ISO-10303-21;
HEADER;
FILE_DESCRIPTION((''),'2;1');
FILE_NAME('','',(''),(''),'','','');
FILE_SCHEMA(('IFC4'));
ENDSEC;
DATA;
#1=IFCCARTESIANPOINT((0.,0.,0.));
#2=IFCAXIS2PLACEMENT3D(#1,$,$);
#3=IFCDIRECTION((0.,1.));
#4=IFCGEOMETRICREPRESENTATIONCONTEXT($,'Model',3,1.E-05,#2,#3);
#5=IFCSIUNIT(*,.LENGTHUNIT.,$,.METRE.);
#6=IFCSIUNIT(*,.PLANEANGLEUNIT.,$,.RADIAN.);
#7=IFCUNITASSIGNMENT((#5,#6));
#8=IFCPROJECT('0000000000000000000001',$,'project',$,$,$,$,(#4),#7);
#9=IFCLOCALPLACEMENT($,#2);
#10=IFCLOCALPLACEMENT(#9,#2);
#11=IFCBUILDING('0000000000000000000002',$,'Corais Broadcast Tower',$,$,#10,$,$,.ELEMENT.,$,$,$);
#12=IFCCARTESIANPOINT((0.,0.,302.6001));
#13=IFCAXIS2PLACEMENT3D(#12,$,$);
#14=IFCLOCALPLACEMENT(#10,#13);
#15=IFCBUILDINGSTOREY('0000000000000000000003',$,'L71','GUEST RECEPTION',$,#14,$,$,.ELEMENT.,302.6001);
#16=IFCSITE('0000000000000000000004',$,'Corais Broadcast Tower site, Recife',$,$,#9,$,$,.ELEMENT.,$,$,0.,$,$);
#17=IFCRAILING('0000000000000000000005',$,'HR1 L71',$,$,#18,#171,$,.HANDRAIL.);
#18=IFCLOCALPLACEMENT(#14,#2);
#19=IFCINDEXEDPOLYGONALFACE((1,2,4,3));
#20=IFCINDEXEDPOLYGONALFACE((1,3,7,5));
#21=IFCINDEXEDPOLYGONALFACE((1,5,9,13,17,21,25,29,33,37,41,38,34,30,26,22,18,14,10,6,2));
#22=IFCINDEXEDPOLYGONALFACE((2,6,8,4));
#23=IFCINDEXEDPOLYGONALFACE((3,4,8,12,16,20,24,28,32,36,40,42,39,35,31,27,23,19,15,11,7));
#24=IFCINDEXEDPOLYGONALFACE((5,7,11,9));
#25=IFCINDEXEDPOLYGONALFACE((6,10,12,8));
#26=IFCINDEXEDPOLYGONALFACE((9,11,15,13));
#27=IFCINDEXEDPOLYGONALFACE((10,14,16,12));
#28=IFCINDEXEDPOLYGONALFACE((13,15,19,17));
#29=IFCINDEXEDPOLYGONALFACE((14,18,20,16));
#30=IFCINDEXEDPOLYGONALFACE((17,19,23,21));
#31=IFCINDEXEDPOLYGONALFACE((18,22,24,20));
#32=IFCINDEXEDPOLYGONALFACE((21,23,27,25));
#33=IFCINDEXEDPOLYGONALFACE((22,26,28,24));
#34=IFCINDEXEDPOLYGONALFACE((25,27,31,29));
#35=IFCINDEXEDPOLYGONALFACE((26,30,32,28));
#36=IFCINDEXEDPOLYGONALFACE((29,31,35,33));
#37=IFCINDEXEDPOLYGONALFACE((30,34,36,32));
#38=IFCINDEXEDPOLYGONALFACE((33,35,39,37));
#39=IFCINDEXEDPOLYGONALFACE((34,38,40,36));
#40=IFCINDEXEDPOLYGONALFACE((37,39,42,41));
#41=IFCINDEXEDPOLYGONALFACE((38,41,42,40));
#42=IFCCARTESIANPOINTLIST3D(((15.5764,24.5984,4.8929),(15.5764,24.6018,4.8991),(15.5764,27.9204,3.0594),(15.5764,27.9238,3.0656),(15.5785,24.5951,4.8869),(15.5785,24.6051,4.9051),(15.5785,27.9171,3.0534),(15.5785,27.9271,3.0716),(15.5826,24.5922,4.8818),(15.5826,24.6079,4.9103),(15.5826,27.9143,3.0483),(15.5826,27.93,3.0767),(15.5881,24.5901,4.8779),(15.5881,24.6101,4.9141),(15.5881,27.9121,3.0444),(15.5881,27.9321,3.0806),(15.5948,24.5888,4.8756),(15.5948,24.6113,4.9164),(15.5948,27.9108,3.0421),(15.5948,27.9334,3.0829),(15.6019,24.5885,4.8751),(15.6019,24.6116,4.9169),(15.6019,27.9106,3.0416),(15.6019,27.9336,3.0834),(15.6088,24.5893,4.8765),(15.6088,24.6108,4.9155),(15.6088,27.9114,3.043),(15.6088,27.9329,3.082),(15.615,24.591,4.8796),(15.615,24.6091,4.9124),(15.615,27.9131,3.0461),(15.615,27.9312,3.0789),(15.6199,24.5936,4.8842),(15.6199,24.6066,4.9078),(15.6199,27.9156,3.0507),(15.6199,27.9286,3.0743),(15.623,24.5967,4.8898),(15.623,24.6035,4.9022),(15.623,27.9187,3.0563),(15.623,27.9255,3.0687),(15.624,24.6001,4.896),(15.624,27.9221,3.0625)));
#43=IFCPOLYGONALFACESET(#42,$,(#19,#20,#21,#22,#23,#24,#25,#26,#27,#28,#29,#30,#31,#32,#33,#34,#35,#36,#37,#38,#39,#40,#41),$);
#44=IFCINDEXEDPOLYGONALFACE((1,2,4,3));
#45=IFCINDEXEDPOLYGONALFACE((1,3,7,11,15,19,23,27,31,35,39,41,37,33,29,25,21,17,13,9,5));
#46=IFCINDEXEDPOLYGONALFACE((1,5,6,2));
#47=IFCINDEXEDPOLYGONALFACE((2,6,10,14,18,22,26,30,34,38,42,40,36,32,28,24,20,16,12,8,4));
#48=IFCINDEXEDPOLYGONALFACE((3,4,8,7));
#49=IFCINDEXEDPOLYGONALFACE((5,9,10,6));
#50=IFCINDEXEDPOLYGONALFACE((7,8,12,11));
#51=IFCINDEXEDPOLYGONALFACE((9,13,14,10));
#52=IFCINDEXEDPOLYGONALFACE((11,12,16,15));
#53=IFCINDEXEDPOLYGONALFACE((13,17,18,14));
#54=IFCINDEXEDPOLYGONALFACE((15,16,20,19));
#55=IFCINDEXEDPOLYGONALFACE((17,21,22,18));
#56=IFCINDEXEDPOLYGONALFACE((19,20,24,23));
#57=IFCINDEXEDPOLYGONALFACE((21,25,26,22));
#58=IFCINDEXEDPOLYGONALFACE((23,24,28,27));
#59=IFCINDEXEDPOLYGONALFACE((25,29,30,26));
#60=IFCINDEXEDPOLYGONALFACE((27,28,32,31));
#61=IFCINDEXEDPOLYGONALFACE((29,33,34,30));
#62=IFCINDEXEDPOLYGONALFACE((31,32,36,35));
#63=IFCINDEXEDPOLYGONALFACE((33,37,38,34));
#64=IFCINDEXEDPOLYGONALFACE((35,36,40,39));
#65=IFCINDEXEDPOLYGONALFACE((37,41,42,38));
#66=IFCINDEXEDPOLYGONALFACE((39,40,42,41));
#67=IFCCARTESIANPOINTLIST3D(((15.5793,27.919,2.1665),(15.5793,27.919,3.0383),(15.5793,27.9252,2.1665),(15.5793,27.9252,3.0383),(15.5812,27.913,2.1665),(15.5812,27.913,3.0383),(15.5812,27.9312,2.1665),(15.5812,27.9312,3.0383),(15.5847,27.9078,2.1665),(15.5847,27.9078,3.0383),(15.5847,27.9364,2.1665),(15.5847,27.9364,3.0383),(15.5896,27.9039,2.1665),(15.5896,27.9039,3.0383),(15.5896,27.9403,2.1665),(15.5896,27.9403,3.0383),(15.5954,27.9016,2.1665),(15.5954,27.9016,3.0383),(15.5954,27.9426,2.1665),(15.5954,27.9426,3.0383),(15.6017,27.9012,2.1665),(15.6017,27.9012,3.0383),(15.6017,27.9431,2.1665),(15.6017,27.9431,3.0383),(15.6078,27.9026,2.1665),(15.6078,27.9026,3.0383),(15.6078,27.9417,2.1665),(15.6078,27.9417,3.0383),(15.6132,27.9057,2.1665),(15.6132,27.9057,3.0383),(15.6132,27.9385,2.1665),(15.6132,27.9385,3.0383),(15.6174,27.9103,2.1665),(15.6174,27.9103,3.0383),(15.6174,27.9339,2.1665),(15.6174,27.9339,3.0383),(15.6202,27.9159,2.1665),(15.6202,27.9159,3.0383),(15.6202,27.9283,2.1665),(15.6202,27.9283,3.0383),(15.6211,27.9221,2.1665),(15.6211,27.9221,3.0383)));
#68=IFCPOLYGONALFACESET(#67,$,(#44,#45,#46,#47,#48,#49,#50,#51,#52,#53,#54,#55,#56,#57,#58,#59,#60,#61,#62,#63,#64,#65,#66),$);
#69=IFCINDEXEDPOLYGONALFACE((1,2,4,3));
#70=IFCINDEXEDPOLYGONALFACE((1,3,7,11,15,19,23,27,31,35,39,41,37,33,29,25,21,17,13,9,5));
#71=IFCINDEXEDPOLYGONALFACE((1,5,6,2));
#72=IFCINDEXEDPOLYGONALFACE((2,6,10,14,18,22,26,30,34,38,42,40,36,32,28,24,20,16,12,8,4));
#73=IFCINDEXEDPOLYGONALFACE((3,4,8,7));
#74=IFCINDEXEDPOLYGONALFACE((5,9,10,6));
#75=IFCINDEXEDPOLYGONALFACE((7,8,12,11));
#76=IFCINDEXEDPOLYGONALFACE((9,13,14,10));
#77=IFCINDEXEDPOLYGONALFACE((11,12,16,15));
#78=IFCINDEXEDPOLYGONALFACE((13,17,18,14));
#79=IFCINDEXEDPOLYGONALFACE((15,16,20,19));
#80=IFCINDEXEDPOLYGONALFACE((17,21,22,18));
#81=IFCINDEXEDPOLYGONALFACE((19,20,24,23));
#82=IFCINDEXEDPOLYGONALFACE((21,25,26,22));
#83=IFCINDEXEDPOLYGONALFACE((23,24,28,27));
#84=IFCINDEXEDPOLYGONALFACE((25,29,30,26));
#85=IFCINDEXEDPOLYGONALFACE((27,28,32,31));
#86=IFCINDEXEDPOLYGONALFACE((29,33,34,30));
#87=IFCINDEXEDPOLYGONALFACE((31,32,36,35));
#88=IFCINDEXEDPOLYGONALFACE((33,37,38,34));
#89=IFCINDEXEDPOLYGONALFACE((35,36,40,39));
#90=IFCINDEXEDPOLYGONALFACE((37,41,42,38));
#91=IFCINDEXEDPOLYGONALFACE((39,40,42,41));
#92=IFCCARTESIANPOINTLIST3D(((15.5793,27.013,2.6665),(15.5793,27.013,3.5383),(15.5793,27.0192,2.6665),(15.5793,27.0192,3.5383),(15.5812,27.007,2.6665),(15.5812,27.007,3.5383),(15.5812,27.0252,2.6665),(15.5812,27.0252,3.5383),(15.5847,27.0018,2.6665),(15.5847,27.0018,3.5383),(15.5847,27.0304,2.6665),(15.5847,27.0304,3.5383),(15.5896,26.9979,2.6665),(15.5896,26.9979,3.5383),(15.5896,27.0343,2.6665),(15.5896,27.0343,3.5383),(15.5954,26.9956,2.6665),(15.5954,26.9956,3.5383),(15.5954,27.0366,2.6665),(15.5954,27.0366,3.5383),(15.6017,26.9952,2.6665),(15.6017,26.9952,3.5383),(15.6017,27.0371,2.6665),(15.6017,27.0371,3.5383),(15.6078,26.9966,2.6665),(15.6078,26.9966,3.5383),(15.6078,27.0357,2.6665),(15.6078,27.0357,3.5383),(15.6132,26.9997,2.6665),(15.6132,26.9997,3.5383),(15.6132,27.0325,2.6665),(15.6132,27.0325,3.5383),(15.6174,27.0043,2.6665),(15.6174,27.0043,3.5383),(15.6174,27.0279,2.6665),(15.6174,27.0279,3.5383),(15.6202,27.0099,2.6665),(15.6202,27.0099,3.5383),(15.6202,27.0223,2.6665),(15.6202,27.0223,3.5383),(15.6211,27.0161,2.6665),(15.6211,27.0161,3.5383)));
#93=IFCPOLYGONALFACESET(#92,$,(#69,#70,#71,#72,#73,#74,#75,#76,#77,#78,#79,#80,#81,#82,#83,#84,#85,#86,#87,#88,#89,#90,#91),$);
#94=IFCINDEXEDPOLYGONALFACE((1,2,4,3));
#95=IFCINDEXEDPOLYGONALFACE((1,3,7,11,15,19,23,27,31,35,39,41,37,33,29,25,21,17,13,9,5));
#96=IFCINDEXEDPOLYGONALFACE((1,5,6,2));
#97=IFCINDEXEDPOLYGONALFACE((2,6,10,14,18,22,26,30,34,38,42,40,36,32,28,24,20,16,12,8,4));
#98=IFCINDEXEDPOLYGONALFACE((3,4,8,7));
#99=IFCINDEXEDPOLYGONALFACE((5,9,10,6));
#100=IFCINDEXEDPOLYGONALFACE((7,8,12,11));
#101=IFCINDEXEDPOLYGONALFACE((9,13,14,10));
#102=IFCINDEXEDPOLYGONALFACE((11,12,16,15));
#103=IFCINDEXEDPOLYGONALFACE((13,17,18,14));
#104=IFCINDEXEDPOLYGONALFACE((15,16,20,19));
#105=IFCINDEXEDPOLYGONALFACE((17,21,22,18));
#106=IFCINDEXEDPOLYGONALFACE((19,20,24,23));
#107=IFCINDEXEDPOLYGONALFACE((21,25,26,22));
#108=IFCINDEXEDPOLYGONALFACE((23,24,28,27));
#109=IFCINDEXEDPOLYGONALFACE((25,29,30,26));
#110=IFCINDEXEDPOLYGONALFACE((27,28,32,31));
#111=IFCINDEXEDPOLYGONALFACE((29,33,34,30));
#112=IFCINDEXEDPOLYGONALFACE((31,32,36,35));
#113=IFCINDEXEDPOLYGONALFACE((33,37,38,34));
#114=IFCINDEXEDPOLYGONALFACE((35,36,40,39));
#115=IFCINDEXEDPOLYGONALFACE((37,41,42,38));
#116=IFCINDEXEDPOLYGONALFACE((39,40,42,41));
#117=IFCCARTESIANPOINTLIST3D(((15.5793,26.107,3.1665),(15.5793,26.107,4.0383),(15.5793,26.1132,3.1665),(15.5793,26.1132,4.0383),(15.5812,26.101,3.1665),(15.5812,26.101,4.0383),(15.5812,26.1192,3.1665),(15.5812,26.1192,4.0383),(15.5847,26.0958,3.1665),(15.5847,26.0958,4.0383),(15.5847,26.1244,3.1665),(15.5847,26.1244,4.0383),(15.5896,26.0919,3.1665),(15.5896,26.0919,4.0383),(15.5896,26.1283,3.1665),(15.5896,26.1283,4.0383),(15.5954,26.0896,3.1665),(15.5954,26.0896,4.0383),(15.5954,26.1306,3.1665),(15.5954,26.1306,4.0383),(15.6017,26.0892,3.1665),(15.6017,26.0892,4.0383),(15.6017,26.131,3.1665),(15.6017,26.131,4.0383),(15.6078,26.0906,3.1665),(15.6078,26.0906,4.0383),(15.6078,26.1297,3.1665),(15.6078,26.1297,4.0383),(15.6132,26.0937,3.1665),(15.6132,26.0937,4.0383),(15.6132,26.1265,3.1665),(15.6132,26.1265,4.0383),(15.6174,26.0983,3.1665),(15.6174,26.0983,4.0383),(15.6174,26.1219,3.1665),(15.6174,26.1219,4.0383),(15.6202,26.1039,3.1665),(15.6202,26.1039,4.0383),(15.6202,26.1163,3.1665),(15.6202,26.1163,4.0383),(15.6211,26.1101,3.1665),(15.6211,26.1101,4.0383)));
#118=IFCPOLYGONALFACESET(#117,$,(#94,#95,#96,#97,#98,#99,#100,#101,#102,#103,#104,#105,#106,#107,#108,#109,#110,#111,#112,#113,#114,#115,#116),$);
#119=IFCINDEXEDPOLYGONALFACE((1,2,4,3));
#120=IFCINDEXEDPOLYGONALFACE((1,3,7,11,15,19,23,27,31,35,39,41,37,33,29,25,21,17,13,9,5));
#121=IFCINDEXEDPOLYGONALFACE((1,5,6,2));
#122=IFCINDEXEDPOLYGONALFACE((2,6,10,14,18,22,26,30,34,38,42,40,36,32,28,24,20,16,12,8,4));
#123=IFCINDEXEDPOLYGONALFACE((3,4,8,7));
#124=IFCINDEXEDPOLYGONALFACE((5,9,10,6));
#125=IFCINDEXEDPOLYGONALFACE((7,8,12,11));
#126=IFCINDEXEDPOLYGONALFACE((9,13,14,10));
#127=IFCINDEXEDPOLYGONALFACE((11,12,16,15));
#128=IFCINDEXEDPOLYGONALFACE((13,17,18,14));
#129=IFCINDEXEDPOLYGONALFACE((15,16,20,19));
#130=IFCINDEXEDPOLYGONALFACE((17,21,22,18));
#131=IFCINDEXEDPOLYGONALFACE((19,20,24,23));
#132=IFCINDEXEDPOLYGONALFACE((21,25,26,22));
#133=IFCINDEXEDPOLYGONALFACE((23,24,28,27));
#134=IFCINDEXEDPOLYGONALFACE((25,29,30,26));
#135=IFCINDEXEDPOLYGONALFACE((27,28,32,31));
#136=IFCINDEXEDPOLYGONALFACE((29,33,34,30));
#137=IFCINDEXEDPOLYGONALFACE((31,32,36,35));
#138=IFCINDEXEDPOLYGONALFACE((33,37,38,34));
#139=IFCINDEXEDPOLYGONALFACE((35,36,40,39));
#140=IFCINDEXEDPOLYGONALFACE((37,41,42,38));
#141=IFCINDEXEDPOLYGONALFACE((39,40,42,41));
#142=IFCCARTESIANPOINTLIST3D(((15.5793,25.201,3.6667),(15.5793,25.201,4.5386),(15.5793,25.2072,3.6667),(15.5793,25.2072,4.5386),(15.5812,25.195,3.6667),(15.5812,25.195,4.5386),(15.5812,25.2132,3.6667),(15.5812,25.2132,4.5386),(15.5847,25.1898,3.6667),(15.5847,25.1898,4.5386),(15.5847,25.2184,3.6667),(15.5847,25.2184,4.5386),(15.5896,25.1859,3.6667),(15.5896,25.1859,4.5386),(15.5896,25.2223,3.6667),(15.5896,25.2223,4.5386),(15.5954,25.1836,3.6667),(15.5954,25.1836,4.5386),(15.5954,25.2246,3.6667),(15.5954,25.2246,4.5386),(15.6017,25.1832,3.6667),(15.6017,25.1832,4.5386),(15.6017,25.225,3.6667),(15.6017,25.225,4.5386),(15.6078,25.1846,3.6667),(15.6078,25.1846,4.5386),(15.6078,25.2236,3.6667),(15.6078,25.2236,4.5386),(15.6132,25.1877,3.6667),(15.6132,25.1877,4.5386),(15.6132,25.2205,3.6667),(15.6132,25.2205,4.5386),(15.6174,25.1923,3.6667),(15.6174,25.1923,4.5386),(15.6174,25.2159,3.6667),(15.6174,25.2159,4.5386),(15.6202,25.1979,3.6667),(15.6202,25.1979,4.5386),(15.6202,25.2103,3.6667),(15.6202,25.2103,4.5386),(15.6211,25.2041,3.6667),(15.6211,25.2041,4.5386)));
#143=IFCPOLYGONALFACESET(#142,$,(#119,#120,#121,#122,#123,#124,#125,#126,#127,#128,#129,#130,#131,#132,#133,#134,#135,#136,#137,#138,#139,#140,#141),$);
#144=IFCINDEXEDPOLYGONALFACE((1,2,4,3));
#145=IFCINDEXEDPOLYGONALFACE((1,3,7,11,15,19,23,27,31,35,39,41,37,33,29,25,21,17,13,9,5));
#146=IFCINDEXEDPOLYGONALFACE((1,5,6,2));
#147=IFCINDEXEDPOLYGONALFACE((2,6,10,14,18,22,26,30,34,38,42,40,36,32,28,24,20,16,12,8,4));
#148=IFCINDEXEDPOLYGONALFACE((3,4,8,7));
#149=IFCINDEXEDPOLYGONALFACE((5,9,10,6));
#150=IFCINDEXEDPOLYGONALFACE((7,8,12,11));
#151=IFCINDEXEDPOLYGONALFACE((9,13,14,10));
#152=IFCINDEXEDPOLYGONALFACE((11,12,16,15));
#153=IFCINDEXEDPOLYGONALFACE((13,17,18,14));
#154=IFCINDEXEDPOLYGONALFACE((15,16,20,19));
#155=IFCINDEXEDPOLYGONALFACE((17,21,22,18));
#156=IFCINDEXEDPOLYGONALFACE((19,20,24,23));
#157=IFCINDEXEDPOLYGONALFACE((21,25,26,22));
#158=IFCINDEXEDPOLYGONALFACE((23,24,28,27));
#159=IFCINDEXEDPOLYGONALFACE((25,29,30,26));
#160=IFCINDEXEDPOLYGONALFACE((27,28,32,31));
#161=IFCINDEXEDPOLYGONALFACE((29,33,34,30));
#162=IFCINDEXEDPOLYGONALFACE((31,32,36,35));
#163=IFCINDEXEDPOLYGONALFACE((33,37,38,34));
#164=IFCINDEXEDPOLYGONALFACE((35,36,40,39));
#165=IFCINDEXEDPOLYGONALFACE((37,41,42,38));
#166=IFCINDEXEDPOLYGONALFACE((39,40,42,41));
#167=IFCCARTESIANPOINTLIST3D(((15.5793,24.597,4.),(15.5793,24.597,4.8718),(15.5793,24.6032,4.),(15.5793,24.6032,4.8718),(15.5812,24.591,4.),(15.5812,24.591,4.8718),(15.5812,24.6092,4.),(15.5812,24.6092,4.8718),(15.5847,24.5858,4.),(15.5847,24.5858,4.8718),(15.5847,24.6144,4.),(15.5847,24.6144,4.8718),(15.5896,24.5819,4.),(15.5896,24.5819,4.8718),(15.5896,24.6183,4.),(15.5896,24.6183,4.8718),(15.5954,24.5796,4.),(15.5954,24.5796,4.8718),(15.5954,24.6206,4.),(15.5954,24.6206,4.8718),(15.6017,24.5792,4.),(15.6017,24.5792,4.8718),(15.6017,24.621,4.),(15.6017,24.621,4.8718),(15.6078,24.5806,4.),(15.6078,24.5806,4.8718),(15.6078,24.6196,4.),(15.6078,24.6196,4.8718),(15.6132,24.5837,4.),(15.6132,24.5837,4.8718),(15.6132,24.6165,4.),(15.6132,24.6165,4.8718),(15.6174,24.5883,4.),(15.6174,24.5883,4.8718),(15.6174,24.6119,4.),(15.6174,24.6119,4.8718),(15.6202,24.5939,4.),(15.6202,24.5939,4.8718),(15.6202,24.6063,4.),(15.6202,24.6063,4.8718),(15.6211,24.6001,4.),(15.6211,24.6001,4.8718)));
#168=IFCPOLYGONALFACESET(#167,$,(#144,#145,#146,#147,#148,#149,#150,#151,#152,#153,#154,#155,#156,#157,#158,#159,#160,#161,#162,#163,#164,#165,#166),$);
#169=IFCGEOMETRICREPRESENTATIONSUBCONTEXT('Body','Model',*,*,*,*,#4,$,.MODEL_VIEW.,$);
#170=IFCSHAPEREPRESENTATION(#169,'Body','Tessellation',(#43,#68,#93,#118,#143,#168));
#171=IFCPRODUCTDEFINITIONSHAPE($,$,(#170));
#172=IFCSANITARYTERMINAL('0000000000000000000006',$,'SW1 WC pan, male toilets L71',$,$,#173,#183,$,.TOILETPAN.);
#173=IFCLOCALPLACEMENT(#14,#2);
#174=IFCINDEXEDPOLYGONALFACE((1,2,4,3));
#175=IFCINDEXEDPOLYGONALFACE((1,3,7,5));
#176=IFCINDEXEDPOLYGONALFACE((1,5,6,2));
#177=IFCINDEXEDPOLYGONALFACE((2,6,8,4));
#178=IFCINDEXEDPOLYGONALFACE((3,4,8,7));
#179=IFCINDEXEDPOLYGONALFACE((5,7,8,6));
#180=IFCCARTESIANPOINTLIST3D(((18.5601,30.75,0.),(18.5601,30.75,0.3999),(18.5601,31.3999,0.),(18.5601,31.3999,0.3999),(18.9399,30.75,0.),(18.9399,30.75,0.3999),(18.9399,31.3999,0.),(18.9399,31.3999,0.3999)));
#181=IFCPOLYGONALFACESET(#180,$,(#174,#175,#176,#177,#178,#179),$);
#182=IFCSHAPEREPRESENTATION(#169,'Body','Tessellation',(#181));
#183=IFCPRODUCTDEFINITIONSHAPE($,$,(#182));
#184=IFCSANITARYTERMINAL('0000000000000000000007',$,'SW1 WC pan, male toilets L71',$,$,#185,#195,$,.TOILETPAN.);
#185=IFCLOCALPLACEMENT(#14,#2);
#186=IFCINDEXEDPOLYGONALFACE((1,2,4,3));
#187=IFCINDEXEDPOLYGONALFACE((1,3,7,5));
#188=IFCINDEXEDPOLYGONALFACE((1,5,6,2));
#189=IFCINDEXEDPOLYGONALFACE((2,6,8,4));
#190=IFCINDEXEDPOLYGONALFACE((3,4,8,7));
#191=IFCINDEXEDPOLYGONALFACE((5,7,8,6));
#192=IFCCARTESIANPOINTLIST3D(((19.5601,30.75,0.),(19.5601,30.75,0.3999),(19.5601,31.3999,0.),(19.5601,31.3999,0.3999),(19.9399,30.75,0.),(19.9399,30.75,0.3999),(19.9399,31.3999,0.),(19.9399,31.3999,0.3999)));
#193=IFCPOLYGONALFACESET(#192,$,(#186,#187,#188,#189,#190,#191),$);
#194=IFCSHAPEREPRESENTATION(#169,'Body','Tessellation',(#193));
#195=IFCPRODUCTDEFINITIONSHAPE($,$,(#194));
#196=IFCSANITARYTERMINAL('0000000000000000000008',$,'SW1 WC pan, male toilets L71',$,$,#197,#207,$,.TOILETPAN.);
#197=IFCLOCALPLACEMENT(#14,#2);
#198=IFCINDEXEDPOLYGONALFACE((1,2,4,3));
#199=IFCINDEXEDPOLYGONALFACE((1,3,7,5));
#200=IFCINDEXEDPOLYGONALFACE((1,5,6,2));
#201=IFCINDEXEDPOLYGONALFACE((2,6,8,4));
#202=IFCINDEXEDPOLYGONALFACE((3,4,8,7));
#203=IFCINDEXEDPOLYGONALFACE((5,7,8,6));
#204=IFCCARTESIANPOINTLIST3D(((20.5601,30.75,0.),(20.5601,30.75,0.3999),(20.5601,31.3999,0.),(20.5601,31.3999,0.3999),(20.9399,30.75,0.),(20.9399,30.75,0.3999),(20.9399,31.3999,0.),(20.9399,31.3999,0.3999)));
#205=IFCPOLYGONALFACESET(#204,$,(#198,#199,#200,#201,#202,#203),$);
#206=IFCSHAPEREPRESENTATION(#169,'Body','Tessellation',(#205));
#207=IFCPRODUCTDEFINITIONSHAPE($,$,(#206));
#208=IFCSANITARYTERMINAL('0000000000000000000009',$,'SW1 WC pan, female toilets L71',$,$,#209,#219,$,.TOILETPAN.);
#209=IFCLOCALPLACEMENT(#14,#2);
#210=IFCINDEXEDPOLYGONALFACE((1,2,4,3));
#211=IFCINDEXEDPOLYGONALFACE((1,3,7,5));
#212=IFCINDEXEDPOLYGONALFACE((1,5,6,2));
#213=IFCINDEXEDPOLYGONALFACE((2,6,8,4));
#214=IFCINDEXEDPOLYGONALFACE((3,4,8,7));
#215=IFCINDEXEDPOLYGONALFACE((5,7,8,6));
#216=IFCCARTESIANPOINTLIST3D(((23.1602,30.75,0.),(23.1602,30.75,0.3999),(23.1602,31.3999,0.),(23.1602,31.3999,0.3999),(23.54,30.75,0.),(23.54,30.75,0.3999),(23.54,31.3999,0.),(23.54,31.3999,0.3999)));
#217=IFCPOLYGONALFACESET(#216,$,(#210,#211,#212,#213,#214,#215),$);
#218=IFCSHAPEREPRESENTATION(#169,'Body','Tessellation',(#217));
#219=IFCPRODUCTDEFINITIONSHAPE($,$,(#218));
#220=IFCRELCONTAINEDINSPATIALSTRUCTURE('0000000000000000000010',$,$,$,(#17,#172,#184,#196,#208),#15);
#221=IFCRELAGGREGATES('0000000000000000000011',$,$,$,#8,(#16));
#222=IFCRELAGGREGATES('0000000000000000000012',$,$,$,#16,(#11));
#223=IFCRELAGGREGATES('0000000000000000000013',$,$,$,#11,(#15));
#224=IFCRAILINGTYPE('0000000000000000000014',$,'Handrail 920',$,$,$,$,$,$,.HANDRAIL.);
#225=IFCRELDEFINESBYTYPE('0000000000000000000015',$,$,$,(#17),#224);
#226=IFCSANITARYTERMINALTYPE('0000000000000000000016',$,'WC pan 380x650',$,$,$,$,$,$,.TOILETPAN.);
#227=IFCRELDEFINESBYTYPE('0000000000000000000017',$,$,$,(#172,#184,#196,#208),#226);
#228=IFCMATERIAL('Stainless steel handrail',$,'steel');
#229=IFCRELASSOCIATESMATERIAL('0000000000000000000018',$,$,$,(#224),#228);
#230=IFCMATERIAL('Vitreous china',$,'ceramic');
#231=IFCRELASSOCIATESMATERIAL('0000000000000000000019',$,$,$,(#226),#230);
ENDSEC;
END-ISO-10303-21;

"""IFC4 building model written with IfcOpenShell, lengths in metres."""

from ifc_helpers import new_model, si_unit, direction, frame, origin, origin_2d, place, context, subcontext, project, spatial, rectangle, circle, extrude, material, type_object, element, save


model = new_model("IFC4")

# Units and contexts
model_context = context("Model", 3, precision=1e-05, world=origin(), true_north=direction((0.0, 1.0)))
body_context = subcontext(model_context, "Body", "Model", "MODEL_VIEW")
ifc_project = project(units=[si_unit("LENGTHUNIT", "METRE"), si_unit("PLANEANGLEUNIT", "RADIAN")], contexts=[model_context])

# Site, building, storey
site_placement = place(None, origin())
site = spatial("IfcSite", under=ifc_project, at=site_placement, Name="Corais Broadcast Tower site, Recife", CompositionType="ELEMENT", RefElevation=0.0)
building_placement = place(site_placement, origin())
building = spatial("IfcBuilding", under=site, at=building_placement, Name="Corais Broadcast Tower", CompositionType="ELEMENT")
storey_placement = place(building_placement, frame((0.0, 0.0, 302.6001)))
storey = spatial("IfcBuildingStorey", under=building, at=storey_placement, Name="L71", Description="GUEST RECEPTION", CompositionType="ELEMENT", Elevation=302.6001)

# Railing
ifc_material_1 = material(Name="Stainless steel handrail", Category="steel")
railing_type = type_object("IfcRailingType", Name="Handrail 920", PredefinedType="HANDRAIL", material=ifc_material_1)
for number, where, name in (
    (1, (15.6001, 27.9221, 2.1665), "HR1 L71"),
):
    element("IfcRailing", number, at=place(storey_placement, frame(where)), inside=storey, type_object=railing_type, Name=name, PredefinedType="HANDRAIL", context=body_context, shape_type="SweptSolid", body=[
        extrude(circle(Radius=0.0239, at=origin_2d()), frame((0.0, 0.0, 0.896), z_axis=(0.0, -0.875504, 0.48321), x_axis=(1.0, 0.0, 0.0)), (0.0, 0.0, 1.0), 3.7944),
        extrude(circle(Radius=0.021, at=origin_2d()), origin(), (0.0, 0.0, 1.0), 0.8718),
        extrude(circle(Radius=0.021, at=origin_2d()), frame((0.0, -0.906, 0.5)), (0.0, 0.0, 1.0), 0.8718),
        extrude(circle(Radius=0.021, at=origin_2d()), frame((0.0, -1.812, 1.0)), (0.0, 0.0, 1.0), 0.8718),
        extrude(circle(Radius=0.021, at=origin_2d()), frame((0.0, -2.718, 1.5002)), (0.0, 0.0, 1.0), 0.8718),
        extrude(circle(Radius=0.021, at=origin_2d()), frame((0.0, -3.322, 1.8335)), (0.0, 0.0, 1.0), 0.8718),
    ])

# Sanitary terminals
ifc_material_2 = material(Name="Vitreous china", Category="ceramic")
sanitary_terminal_type_1 = type_object("IfcSanitaryTerminalType", Name="WC pan 380x650", PredefinedType="TOILETPAN", material=ifc_material_2)
for number, where, z_axis, x_axis, name in (
    (2, (18.75, 31.075, 0.0), (0.0, 0.0, 1.0), (1.0, 0.0, 0.0), "SW1 WC pan, male toilets L71"),
    (3, (19.75, 31.075, 0.0), (0.0, 0.0, 1.0), (1.0, 0.0, 0.0), "SW1 WC pan, male toilets L71"),
    (4, (20.75, 31.075, 0.0), (0.0, 0.0, 1.0), (1.0, 0.0, 0.0), "SW1 WC pan, male toilets L71"),
    (5, (23.3501, 31.075, 0.0), (0.0, 0.0, 1.0), (1.0, 0.0, 0.0), "SW1 WC pan, female toilets L71"),
):
    element("IfcSanitaryTerminal", number, at=place(storey_placement, frame(where, z_axis=z_axis, x_axis=x_axis)), inside=storey, type_object=sanitary_terminal_type_1, Name=name, PredefinedType="TOILETPAN", context=body_context, shape_type="SweptSolid", body=[
        extrude(rectangle(XDim=0.3799, YDim=0.6499, at=origin_2d()), origin(), (0.0, 0.0, 1.0), 0.3999),
    ])

save(model, "model.ifc")
